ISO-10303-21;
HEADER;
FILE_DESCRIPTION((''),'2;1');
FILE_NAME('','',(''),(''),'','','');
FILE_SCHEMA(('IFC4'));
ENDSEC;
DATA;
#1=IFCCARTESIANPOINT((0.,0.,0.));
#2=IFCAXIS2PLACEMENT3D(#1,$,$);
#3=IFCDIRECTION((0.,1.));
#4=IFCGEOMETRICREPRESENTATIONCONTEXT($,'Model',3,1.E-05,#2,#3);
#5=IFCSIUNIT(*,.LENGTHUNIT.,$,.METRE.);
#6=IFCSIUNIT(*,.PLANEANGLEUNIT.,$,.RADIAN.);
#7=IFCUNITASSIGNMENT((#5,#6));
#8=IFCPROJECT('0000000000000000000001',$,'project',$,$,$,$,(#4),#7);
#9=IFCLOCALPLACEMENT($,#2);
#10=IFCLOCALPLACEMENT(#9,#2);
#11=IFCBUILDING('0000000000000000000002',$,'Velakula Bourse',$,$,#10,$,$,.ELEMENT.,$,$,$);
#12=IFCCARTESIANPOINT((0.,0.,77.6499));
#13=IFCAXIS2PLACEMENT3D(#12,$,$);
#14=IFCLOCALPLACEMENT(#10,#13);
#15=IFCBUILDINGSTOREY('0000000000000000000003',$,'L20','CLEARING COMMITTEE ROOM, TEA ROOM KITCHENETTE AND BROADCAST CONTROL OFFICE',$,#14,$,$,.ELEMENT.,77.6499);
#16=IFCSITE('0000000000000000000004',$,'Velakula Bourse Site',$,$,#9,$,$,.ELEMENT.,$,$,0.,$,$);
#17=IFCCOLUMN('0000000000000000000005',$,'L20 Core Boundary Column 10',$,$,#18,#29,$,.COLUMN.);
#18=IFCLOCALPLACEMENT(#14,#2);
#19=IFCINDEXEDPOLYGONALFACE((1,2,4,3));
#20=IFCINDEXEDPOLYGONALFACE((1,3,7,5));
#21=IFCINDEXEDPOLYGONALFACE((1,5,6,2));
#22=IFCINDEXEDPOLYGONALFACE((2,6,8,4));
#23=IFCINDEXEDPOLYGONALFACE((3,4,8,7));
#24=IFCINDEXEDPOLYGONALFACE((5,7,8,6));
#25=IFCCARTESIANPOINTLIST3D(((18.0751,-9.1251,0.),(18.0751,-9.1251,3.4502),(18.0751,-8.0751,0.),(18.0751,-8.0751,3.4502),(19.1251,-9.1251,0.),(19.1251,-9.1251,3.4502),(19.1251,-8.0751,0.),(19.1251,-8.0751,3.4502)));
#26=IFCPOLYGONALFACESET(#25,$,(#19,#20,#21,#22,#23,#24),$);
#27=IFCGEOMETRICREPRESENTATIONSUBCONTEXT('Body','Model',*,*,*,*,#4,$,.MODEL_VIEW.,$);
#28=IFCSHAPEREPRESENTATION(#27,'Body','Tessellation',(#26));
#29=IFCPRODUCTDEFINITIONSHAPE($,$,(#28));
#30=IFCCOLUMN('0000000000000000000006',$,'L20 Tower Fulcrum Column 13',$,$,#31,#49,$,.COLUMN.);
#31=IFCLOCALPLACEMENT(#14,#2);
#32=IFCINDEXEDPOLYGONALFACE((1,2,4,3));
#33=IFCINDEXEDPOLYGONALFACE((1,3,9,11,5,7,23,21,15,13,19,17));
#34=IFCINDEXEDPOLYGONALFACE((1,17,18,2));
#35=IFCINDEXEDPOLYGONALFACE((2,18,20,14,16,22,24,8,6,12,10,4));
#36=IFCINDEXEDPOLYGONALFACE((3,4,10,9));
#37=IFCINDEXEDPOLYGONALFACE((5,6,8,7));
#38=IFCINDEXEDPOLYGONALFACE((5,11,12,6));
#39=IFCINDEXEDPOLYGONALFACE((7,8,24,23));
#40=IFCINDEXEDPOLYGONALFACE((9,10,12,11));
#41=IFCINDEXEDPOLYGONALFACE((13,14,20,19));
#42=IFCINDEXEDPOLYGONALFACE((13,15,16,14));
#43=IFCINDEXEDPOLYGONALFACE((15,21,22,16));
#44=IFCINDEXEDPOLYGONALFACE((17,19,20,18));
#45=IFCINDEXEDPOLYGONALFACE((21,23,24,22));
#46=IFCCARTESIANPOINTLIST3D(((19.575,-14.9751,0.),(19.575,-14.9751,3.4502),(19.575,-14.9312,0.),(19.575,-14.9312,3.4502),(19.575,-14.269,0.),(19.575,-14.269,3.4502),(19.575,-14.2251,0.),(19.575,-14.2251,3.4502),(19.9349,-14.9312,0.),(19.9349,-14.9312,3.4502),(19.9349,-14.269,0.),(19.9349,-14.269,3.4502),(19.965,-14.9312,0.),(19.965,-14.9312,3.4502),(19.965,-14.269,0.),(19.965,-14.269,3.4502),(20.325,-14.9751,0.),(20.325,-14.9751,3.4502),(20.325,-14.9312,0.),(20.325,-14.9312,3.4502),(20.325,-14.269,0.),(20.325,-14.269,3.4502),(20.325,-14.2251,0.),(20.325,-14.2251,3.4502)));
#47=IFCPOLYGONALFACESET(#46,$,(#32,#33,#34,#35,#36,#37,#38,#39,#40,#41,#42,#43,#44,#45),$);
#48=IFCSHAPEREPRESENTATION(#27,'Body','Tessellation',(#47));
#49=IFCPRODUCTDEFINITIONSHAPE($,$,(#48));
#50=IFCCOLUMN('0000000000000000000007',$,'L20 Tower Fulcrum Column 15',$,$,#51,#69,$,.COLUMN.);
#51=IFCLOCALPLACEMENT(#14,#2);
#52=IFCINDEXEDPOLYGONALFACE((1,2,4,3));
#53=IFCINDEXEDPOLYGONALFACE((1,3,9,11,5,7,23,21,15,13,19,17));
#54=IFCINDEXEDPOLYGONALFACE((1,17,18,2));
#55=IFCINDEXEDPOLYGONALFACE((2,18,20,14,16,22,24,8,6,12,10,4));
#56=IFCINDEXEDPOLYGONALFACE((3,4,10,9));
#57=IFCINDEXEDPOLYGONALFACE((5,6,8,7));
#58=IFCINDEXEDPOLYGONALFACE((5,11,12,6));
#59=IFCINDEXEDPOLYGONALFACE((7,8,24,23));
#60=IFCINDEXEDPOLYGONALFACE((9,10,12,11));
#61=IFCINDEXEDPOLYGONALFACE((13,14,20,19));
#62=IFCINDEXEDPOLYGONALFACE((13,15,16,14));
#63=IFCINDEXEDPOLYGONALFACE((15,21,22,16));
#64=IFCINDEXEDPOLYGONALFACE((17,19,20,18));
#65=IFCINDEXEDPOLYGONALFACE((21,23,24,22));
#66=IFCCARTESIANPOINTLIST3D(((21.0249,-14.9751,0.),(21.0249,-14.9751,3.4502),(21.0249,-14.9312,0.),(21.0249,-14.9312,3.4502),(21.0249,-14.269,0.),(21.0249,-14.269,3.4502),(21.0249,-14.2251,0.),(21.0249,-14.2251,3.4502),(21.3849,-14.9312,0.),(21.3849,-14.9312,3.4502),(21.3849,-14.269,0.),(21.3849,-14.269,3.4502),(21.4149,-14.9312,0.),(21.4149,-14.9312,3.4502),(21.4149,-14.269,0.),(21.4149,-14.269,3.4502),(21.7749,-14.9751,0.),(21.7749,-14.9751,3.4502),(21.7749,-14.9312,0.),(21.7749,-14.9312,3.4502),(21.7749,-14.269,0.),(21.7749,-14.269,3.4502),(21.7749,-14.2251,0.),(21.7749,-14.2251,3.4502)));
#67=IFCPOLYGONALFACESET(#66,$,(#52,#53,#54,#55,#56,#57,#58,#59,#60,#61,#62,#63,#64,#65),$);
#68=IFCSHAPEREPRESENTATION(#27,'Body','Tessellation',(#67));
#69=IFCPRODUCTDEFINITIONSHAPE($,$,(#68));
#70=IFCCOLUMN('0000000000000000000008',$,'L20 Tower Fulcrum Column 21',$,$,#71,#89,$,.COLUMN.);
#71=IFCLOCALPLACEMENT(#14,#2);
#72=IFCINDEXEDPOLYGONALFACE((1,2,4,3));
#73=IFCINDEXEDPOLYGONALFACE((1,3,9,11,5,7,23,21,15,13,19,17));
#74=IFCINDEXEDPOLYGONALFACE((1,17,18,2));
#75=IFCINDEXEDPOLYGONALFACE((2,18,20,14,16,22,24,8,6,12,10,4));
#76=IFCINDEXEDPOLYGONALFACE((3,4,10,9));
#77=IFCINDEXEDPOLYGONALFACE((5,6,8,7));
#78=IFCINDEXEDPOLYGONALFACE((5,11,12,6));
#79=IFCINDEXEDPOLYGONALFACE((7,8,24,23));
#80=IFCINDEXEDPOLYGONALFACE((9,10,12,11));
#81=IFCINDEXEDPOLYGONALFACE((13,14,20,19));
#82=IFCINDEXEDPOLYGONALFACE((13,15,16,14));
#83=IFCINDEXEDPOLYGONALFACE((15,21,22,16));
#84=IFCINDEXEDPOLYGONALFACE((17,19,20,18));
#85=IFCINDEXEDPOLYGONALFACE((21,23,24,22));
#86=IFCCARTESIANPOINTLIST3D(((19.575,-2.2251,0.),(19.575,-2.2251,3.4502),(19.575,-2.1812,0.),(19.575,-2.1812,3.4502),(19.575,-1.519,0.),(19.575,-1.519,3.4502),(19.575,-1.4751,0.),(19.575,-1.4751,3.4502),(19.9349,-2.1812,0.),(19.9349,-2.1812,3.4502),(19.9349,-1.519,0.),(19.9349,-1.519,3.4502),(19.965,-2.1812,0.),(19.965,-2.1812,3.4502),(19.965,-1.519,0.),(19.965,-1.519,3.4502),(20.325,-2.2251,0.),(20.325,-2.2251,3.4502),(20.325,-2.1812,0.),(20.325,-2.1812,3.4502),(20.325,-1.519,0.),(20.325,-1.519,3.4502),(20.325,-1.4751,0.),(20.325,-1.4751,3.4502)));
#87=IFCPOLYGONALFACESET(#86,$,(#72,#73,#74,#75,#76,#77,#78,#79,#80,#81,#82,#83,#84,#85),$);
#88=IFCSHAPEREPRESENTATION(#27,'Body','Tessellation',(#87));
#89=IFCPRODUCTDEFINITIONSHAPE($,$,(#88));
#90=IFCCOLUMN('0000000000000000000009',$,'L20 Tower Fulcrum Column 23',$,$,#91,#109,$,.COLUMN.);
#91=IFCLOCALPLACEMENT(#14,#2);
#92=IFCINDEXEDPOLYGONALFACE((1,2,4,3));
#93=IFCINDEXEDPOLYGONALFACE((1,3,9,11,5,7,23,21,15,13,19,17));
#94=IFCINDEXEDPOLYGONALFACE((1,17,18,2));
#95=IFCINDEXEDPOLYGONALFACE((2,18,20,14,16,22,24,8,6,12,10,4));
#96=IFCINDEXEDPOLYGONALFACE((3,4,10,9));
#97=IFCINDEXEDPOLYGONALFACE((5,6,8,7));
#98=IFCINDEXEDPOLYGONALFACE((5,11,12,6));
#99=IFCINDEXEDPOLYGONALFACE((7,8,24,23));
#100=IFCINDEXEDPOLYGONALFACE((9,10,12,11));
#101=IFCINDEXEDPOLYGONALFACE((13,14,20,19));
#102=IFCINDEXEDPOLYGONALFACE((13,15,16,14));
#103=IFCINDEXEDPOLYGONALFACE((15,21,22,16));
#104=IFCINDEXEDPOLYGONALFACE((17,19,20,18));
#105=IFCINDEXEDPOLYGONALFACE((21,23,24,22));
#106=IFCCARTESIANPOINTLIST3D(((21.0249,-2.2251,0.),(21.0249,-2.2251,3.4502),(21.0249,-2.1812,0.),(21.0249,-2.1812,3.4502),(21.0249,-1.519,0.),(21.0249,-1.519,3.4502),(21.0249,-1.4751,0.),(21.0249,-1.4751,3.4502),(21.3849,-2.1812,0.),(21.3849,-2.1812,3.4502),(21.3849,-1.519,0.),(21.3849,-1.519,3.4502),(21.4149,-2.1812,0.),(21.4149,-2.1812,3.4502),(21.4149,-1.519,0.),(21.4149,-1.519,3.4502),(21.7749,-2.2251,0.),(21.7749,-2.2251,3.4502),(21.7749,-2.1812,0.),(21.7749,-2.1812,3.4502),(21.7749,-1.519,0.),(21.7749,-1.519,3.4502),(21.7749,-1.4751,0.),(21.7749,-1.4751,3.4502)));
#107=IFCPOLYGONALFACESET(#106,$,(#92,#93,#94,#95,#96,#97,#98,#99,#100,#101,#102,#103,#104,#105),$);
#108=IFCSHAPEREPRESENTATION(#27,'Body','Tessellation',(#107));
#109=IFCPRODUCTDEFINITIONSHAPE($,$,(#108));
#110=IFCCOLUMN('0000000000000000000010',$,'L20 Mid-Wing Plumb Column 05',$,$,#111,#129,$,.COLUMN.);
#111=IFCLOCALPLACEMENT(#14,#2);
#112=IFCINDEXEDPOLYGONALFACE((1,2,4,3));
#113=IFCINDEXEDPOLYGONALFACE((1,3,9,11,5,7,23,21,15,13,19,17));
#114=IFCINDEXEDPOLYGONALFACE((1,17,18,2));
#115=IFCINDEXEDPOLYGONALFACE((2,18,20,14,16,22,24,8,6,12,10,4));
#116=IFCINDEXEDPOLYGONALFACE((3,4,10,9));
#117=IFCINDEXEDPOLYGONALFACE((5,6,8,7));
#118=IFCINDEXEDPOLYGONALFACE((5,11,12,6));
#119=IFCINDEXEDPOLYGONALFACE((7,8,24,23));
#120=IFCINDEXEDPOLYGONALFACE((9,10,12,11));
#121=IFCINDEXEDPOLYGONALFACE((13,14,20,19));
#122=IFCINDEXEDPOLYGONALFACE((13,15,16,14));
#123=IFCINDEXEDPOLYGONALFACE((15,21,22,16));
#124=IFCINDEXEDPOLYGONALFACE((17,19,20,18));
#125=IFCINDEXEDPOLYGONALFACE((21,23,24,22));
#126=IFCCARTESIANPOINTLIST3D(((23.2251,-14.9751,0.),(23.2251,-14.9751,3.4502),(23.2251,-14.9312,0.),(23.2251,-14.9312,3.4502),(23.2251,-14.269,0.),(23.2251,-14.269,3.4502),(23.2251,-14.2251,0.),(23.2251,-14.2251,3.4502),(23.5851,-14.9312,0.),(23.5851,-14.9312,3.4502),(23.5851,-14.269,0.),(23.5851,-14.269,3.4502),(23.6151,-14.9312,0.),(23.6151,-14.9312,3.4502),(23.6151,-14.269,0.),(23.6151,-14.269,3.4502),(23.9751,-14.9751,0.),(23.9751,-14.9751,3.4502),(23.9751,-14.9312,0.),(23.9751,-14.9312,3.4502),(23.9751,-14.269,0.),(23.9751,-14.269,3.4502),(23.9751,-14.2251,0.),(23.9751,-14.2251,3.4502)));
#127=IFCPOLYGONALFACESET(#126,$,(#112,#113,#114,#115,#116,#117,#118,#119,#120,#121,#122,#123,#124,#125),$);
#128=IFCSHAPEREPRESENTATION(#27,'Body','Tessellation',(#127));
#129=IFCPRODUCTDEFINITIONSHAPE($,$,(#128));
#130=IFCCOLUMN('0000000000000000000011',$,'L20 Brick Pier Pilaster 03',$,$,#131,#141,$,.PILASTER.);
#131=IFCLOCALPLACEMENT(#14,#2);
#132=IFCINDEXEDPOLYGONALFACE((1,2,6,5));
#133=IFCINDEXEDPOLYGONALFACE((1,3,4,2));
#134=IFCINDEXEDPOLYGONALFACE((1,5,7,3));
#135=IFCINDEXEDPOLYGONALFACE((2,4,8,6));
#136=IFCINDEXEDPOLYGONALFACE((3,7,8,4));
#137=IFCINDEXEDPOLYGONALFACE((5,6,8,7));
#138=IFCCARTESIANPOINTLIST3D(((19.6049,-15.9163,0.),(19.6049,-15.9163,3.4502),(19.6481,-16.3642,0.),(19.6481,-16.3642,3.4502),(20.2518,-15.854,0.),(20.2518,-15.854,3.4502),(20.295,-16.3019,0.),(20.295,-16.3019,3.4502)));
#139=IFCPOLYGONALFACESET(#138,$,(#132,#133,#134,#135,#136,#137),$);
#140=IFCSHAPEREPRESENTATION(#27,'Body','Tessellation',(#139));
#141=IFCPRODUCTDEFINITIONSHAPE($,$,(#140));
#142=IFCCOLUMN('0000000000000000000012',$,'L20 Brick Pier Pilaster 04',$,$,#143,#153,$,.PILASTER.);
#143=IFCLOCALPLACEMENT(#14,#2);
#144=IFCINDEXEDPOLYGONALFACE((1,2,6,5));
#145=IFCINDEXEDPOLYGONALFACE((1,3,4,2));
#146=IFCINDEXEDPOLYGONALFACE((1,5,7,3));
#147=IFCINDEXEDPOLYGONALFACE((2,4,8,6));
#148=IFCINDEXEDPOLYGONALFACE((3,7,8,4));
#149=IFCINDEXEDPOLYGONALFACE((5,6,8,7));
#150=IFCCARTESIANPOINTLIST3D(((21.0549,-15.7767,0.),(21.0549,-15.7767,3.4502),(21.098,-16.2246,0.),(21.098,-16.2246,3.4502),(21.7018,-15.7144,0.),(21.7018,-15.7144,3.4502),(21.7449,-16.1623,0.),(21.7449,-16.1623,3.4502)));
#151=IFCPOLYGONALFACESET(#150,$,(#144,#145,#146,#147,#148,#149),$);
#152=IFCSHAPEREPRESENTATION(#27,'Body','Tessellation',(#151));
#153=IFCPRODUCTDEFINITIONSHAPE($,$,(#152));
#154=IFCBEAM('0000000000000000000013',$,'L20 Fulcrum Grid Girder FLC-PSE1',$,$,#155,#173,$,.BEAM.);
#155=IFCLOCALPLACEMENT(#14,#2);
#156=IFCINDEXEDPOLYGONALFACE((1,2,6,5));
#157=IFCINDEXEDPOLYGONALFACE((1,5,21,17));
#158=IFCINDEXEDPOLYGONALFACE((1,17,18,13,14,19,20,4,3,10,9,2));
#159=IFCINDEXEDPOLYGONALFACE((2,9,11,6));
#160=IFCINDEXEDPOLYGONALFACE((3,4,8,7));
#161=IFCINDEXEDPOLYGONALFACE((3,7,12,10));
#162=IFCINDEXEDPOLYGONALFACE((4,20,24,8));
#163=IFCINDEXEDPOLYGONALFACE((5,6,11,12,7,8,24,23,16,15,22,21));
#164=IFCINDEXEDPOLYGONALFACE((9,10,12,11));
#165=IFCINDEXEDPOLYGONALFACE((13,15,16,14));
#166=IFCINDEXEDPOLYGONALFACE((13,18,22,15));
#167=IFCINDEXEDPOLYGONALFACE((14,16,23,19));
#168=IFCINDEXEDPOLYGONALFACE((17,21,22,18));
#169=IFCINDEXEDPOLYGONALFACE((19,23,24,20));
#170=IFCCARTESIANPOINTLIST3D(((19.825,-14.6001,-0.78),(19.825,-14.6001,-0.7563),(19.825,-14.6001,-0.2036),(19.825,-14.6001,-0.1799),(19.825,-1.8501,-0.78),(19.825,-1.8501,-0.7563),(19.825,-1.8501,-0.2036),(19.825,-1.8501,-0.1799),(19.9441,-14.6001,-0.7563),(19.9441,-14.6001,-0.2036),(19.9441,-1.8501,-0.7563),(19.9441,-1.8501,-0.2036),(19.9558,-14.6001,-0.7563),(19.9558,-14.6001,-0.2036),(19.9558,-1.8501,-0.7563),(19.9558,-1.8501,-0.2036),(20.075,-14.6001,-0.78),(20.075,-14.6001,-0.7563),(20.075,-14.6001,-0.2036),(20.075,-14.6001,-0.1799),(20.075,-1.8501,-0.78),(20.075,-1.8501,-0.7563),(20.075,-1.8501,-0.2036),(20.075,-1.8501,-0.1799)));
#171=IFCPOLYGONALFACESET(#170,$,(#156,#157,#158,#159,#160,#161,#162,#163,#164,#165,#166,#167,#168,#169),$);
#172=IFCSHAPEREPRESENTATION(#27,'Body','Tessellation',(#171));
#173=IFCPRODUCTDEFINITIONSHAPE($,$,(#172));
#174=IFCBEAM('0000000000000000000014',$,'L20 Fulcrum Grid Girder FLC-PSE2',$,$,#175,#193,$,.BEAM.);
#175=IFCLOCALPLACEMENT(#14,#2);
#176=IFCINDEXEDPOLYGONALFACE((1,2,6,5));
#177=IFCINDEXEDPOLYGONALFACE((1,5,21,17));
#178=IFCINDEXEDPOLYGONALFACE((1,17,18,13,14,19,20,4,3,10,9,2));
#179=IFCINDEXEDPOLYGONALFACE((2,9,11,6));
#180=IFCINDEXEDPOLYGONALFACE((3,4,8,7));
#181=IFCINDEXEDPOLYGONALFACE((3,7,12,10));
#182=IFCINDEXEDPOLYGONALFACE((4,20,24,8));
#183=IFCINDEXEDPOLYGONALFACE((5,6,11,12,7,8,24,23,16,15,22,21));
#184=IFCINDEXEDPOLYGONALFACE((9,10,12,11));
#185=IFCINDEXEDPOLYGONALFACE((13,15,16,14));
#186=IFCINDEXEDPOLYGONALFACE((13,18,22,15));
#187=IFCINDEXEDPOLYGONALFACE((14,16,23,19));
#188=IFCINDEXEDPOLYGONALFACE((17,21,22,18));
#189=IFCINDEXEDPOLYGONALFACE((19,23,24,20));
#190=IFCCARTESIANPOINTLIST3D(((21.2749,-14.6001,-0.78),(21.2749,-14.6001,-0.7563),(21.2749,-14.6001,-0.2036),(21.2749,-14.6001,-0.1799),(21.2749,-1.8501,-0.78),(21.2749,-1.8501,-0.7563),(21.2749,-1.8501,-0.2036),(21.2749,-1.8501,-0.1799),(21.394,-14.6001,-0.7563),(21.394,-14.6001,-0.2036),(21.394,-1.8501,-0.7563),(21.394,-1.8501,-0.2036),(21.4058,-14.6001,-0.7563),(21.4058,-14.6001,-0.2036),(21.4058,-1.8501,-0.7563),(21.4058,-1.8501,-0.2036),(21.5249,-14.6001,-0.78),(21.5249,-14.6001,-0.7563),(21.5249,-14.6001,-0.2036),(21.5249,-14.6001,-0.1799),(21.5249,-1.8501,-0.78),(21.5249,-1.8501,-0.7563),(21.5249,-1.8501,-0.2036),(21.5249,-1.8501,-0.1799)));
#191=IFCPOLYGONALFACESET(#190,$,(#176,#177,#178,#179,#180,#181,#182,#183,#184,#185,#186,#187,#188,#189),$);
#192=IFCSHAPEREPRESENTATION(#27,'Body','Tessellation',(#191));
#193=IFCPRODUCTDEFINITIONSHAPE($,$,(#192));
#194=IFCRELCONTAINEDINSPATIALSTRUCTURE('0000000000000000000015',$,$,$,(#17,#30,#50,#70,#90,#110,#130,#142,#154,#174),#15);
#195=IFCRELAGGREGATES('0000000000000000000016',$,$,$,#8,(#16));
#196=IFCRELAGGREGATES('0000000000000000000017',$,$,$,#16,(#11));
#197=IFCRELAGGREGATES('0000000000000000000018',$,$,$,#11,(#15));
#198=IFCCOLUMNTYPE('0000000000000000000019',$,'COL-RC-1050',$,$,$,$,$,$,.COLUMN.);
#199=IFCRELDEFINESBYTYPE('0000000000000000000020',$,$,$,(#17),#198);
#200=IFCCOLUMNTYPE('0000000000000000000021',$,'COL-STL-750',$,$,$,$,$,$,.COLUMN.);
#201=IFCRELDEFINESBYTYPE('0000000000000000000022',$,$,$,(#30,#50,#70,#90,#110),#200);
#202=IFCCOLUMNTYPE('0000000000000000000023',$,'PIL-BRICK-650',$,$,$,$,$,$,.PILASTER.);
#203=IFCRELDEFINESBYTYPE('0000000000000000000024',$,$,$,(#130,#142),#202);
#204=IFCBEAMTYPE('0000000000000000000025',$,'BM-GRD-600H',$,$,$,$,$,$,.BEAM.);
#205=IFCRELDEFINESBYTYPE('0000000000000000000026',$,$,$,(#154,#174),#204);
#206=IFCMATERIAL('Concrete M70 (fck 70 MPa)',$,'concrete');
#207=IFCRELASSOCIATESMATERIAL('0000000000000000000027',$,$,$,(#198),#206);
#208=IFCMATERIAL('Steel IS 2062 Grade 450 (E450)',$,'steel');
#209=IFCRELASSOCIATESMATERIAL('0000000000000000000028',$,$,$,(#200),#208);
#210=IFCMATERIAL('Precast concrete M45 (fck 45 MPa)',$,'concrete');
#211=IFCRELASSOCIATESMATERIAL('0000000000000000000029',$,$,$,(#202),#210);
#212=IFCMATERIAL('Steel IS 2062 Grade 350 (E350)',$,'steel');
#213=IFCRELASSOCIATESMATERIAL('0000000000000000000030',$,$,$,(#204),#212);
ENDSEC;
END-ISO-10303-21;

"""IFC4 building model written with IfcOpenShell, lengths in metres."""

from ifc_helpers import new_model, si_unit, direction, frame, origin, origin_2d, place, context, subcontext, project, spatial, rectangle, i_section, extrude, material, material_profile, profile_set, type_object, element, save


model = new_model("IFC4")

# Units and contexts
model_context = context("Model", 3, precision=1e-05, world=origin(), true_north=direction((0.0, 1.0)))
body_context = subcontext(model_context, "Body", "Model", "MODEL_VIEW")
ifc_project = project(units=[si_unit("LENGTHUNIT", "METRE"), si_unit("PLANEANGLEUNIT", "RADIAN")], contexts=[model_context])

# Site, building, storey
site_placement = place(None, origin())
site = spatial("IfcSite", under=ifc_project, at=site_placement, Name="Velakula Bourse Site", CompositionType="ELEMENT", RefElevation=0.0)
building_placement = place(site_placement, origin())
building = spatial("IfcBuilding", under=site, at=building_placement, Name="Velakula Bourse", CompositionType="ELEMENT")
storey_placement = place(building_placement, frame((0.0, 0.0, 77.6499)))
storey = spatial("IfcBuildingStorey", under=building, at=storey_placement, Name="L20", Description="CLEARING COMMITTEE ROOM, TEA ROOM KITCHENETTE AND BROADCAST CONTROL OFFICE", CompositionType="ELEMENT", Elevation=77.6499)

# Columns
ifc_material_1 = material(Name="Concrete M70 (fck 70 MPa)", Category="concrete")
ifc_material_profile_1 = material_profile(ifc_material_1, rectangle(XDim=1.05, YDim=1.05, at=origin_2d()), Name="Concrete M70 (fck 70 MPa)")
ifc_profile_set_1 = profile_set([ifc_material_profile_1], Name="Concrete M70 (fck 70 MPa)")
column_type_1 = type_object("IfcColumnType", Name="COL-RC-1050", PredefinedType="COLUMN", material=ifc_profile_set_1)
column_placement = place(storey_placement, frame((18.6001, -8.6001, 0.0), z_axis=(0.0, 0.0, 1.0), x_axis=(1.0, 0.0, 0.0)))
element("IfcColumn", 1, at=column_placement, inside=storey, type_object=column_type_1, Name="L20 Core Boundary Column 10", PredefinedType="COLUMN", context=body_context, shape_type="SweptSolid", body=[
    extrude(rectangle(XDim=1.05, YDim=1.05, at=origin_2d()), origin(), (0.0, 0.0, 1.0), 3.4502),
])
ifc_material_2 = material(Name="Steel IS 2062 Grade 450 (E450)", Category="steel")
ifc_material_profile_2 = material_profile(ifc_material_2, i_section(OverallWidth=0.75, OverallDepth=0.75, WebThickness=0.03, FlangeThickness=0.0439, at=origin_2d()), Name="Steel IS 2062 Grade 450 (E450)")
ifc_profile_set_2 = profile_set([ifc_material_profile_2], Name="Steel IS 2062 Grade 450 (E450)")
column_type_2 = type_object("IfcColumnType", Name="COL-STL-750", PredefinedType="COLUMN", material=ifc_profile_set_2)
for number, where, z_axis, x_axis, name in (
    (2, (19.95, -14.6001, 0.0), (0.0, 0.0, 1.0), (1.0, 0.0, 0.0), "L20 Tower Fulcrum Column 13"),
    (3, (21.3999, -14.6001, 0.0), (0.0, 0.0, 1.0), (1.0, 0.0, 0.0), "L20 Tower Fulcrum Column 15"),
    (4, (19.95, -1.8501, 0.0), (0.0, 0.0, 1.0), (1.0, 0.0, 0.0), "L20 Tower Fulcrum Column 21"),
    (5, (21.3999, -1.8501, 0.0), (0.0, 0.0, 1.0), (1.0, 0.0, 0.0), "L20 Tower Fulcrum Column 23"),
    (6, (23.6001, -14.6001, 0.0), (0.0, 0.0, 1.0), (1.0, 0.0, 0.0), "L20 Mid-Wing Plumb Column 05"),
):
    element("IfcColumn", number, at=place(storey_placement, frame(where, z_axis=z_axis, x_axis=x_axis)), inside=storey, type_object=column_type_2, Name=name, PredefinedType="COLUMN", context=body_context, shape_type="SweptSolid", body=[
        extrude(i_section(OverallWidth=0.75, OverallDepth=0.75, WebThickness=0.03, FlangeThickness=0.0439, at=origin_2d()), origin(), (0.0, 0.0, 1.0), 3.4502),
    ])
ifc_material_3 = material(Name="Precast concrete M45 (fck 45 MPa)", Category="concrete")
ifc_material_profile_3 = material_profile(ifc_material_3, rectangle(XDim=0.6499, YDim=0.45, at=origin_2d()), Name="Precast concrete M45 (fck 45 MPa)")
ifc_profile_set_3 = profile_set([ifc_material_profile_3], Name="Precast concrete M45 (fck 45 MPa)")
column_type_3 = type_object("IfcColumnType", Name="PIL-BRICK-650", PredefinedType="PILASTER", material=ifc_profile_set_3)
for number, where, z_axis, x_axis, name in (
    (7, (19.95, -16.1091, 0.0), (0.0, 0.0, 1.0), (0.995396, 0.095846, 0.0), "L20 Brick Pier Pilaster 03"),
    (8, (21.3999, -15.9695, 0.0), (0.0, 0.0, 1.0), (0.995396, 0.095846, 0.0), "L20 Brick Pier Pilaster 04"),
):
    element("IfcColumn", number, at=place(storey_placement, frame(where, z_axis=z_axis, x_axis=x_axis)), inside=storey, type_object=column_type_3, Name=name, PredefinedType="PILASTER", context=body_context, shape_type="SweptSolid", body=[
        extrude(rectangle(XDim=0.6499, YDim=0.45, at=origin_2d()), origin(), (0.0, 0.0, 1.0), 3.4502),
    ])

# Beams
ifc_material_4 = material(Name="Steel IS 2062 Grade 350 (E350)", Category="steel")
ifc_material_profile_4 = material_profile(ifc_material_4, i_section(OverallWidth=0.25, OverallDepth=0.6001, WebThickness=0.0117, FlangeThickness=0.0237, at=origin_2d()), Name="Steel IS 2062 Grade 350 (E350)")
ifc_profile_set_4 = profile_set([ifc_material_profile_4], Name="Steel IS 2062 Grade 350 (E350)")
beam_type_1 = type_object("IfcBeamType", Name="BM-GRD-600H", PredefinedType="BEAM", material=ifc_profile_set_4)
for number, where, z_axis, x_axis, name in (
    (9, (19.95, -14.6001, -0.48), (0.0, 1.0, 0.0), (-1.0, 0.0, 0.0), "L20 Fulcrum Grid Girder FLC-PSE1"),
    (10, (21.3999, -14.6001, -0.48), (0.0, 1.0, 0.0), (-1.0, 0.0, 0.0), "L20 Fulcrum Grid Girder FLC-PSE2"),
):
    element("IfcBeam", number, at=place(storey_placement, frame(where, z_axis=z_axis, x_axis=x_axis)), inside=storey, type_object=beam_type_1, Name=name, PredefinedType="BEAM", context=body_context, shape_type="SweptSolid", body=[
        extrude(i_section(OverallWidth=0.25, OverallDepth=0.6001, WebThickness=0.0117, FlangeThickness=0.0237, at=origin_2d()), origin(), (0.0, 0.0, 1.0), 12.75),
    ])

save(model, "model.ifc")
